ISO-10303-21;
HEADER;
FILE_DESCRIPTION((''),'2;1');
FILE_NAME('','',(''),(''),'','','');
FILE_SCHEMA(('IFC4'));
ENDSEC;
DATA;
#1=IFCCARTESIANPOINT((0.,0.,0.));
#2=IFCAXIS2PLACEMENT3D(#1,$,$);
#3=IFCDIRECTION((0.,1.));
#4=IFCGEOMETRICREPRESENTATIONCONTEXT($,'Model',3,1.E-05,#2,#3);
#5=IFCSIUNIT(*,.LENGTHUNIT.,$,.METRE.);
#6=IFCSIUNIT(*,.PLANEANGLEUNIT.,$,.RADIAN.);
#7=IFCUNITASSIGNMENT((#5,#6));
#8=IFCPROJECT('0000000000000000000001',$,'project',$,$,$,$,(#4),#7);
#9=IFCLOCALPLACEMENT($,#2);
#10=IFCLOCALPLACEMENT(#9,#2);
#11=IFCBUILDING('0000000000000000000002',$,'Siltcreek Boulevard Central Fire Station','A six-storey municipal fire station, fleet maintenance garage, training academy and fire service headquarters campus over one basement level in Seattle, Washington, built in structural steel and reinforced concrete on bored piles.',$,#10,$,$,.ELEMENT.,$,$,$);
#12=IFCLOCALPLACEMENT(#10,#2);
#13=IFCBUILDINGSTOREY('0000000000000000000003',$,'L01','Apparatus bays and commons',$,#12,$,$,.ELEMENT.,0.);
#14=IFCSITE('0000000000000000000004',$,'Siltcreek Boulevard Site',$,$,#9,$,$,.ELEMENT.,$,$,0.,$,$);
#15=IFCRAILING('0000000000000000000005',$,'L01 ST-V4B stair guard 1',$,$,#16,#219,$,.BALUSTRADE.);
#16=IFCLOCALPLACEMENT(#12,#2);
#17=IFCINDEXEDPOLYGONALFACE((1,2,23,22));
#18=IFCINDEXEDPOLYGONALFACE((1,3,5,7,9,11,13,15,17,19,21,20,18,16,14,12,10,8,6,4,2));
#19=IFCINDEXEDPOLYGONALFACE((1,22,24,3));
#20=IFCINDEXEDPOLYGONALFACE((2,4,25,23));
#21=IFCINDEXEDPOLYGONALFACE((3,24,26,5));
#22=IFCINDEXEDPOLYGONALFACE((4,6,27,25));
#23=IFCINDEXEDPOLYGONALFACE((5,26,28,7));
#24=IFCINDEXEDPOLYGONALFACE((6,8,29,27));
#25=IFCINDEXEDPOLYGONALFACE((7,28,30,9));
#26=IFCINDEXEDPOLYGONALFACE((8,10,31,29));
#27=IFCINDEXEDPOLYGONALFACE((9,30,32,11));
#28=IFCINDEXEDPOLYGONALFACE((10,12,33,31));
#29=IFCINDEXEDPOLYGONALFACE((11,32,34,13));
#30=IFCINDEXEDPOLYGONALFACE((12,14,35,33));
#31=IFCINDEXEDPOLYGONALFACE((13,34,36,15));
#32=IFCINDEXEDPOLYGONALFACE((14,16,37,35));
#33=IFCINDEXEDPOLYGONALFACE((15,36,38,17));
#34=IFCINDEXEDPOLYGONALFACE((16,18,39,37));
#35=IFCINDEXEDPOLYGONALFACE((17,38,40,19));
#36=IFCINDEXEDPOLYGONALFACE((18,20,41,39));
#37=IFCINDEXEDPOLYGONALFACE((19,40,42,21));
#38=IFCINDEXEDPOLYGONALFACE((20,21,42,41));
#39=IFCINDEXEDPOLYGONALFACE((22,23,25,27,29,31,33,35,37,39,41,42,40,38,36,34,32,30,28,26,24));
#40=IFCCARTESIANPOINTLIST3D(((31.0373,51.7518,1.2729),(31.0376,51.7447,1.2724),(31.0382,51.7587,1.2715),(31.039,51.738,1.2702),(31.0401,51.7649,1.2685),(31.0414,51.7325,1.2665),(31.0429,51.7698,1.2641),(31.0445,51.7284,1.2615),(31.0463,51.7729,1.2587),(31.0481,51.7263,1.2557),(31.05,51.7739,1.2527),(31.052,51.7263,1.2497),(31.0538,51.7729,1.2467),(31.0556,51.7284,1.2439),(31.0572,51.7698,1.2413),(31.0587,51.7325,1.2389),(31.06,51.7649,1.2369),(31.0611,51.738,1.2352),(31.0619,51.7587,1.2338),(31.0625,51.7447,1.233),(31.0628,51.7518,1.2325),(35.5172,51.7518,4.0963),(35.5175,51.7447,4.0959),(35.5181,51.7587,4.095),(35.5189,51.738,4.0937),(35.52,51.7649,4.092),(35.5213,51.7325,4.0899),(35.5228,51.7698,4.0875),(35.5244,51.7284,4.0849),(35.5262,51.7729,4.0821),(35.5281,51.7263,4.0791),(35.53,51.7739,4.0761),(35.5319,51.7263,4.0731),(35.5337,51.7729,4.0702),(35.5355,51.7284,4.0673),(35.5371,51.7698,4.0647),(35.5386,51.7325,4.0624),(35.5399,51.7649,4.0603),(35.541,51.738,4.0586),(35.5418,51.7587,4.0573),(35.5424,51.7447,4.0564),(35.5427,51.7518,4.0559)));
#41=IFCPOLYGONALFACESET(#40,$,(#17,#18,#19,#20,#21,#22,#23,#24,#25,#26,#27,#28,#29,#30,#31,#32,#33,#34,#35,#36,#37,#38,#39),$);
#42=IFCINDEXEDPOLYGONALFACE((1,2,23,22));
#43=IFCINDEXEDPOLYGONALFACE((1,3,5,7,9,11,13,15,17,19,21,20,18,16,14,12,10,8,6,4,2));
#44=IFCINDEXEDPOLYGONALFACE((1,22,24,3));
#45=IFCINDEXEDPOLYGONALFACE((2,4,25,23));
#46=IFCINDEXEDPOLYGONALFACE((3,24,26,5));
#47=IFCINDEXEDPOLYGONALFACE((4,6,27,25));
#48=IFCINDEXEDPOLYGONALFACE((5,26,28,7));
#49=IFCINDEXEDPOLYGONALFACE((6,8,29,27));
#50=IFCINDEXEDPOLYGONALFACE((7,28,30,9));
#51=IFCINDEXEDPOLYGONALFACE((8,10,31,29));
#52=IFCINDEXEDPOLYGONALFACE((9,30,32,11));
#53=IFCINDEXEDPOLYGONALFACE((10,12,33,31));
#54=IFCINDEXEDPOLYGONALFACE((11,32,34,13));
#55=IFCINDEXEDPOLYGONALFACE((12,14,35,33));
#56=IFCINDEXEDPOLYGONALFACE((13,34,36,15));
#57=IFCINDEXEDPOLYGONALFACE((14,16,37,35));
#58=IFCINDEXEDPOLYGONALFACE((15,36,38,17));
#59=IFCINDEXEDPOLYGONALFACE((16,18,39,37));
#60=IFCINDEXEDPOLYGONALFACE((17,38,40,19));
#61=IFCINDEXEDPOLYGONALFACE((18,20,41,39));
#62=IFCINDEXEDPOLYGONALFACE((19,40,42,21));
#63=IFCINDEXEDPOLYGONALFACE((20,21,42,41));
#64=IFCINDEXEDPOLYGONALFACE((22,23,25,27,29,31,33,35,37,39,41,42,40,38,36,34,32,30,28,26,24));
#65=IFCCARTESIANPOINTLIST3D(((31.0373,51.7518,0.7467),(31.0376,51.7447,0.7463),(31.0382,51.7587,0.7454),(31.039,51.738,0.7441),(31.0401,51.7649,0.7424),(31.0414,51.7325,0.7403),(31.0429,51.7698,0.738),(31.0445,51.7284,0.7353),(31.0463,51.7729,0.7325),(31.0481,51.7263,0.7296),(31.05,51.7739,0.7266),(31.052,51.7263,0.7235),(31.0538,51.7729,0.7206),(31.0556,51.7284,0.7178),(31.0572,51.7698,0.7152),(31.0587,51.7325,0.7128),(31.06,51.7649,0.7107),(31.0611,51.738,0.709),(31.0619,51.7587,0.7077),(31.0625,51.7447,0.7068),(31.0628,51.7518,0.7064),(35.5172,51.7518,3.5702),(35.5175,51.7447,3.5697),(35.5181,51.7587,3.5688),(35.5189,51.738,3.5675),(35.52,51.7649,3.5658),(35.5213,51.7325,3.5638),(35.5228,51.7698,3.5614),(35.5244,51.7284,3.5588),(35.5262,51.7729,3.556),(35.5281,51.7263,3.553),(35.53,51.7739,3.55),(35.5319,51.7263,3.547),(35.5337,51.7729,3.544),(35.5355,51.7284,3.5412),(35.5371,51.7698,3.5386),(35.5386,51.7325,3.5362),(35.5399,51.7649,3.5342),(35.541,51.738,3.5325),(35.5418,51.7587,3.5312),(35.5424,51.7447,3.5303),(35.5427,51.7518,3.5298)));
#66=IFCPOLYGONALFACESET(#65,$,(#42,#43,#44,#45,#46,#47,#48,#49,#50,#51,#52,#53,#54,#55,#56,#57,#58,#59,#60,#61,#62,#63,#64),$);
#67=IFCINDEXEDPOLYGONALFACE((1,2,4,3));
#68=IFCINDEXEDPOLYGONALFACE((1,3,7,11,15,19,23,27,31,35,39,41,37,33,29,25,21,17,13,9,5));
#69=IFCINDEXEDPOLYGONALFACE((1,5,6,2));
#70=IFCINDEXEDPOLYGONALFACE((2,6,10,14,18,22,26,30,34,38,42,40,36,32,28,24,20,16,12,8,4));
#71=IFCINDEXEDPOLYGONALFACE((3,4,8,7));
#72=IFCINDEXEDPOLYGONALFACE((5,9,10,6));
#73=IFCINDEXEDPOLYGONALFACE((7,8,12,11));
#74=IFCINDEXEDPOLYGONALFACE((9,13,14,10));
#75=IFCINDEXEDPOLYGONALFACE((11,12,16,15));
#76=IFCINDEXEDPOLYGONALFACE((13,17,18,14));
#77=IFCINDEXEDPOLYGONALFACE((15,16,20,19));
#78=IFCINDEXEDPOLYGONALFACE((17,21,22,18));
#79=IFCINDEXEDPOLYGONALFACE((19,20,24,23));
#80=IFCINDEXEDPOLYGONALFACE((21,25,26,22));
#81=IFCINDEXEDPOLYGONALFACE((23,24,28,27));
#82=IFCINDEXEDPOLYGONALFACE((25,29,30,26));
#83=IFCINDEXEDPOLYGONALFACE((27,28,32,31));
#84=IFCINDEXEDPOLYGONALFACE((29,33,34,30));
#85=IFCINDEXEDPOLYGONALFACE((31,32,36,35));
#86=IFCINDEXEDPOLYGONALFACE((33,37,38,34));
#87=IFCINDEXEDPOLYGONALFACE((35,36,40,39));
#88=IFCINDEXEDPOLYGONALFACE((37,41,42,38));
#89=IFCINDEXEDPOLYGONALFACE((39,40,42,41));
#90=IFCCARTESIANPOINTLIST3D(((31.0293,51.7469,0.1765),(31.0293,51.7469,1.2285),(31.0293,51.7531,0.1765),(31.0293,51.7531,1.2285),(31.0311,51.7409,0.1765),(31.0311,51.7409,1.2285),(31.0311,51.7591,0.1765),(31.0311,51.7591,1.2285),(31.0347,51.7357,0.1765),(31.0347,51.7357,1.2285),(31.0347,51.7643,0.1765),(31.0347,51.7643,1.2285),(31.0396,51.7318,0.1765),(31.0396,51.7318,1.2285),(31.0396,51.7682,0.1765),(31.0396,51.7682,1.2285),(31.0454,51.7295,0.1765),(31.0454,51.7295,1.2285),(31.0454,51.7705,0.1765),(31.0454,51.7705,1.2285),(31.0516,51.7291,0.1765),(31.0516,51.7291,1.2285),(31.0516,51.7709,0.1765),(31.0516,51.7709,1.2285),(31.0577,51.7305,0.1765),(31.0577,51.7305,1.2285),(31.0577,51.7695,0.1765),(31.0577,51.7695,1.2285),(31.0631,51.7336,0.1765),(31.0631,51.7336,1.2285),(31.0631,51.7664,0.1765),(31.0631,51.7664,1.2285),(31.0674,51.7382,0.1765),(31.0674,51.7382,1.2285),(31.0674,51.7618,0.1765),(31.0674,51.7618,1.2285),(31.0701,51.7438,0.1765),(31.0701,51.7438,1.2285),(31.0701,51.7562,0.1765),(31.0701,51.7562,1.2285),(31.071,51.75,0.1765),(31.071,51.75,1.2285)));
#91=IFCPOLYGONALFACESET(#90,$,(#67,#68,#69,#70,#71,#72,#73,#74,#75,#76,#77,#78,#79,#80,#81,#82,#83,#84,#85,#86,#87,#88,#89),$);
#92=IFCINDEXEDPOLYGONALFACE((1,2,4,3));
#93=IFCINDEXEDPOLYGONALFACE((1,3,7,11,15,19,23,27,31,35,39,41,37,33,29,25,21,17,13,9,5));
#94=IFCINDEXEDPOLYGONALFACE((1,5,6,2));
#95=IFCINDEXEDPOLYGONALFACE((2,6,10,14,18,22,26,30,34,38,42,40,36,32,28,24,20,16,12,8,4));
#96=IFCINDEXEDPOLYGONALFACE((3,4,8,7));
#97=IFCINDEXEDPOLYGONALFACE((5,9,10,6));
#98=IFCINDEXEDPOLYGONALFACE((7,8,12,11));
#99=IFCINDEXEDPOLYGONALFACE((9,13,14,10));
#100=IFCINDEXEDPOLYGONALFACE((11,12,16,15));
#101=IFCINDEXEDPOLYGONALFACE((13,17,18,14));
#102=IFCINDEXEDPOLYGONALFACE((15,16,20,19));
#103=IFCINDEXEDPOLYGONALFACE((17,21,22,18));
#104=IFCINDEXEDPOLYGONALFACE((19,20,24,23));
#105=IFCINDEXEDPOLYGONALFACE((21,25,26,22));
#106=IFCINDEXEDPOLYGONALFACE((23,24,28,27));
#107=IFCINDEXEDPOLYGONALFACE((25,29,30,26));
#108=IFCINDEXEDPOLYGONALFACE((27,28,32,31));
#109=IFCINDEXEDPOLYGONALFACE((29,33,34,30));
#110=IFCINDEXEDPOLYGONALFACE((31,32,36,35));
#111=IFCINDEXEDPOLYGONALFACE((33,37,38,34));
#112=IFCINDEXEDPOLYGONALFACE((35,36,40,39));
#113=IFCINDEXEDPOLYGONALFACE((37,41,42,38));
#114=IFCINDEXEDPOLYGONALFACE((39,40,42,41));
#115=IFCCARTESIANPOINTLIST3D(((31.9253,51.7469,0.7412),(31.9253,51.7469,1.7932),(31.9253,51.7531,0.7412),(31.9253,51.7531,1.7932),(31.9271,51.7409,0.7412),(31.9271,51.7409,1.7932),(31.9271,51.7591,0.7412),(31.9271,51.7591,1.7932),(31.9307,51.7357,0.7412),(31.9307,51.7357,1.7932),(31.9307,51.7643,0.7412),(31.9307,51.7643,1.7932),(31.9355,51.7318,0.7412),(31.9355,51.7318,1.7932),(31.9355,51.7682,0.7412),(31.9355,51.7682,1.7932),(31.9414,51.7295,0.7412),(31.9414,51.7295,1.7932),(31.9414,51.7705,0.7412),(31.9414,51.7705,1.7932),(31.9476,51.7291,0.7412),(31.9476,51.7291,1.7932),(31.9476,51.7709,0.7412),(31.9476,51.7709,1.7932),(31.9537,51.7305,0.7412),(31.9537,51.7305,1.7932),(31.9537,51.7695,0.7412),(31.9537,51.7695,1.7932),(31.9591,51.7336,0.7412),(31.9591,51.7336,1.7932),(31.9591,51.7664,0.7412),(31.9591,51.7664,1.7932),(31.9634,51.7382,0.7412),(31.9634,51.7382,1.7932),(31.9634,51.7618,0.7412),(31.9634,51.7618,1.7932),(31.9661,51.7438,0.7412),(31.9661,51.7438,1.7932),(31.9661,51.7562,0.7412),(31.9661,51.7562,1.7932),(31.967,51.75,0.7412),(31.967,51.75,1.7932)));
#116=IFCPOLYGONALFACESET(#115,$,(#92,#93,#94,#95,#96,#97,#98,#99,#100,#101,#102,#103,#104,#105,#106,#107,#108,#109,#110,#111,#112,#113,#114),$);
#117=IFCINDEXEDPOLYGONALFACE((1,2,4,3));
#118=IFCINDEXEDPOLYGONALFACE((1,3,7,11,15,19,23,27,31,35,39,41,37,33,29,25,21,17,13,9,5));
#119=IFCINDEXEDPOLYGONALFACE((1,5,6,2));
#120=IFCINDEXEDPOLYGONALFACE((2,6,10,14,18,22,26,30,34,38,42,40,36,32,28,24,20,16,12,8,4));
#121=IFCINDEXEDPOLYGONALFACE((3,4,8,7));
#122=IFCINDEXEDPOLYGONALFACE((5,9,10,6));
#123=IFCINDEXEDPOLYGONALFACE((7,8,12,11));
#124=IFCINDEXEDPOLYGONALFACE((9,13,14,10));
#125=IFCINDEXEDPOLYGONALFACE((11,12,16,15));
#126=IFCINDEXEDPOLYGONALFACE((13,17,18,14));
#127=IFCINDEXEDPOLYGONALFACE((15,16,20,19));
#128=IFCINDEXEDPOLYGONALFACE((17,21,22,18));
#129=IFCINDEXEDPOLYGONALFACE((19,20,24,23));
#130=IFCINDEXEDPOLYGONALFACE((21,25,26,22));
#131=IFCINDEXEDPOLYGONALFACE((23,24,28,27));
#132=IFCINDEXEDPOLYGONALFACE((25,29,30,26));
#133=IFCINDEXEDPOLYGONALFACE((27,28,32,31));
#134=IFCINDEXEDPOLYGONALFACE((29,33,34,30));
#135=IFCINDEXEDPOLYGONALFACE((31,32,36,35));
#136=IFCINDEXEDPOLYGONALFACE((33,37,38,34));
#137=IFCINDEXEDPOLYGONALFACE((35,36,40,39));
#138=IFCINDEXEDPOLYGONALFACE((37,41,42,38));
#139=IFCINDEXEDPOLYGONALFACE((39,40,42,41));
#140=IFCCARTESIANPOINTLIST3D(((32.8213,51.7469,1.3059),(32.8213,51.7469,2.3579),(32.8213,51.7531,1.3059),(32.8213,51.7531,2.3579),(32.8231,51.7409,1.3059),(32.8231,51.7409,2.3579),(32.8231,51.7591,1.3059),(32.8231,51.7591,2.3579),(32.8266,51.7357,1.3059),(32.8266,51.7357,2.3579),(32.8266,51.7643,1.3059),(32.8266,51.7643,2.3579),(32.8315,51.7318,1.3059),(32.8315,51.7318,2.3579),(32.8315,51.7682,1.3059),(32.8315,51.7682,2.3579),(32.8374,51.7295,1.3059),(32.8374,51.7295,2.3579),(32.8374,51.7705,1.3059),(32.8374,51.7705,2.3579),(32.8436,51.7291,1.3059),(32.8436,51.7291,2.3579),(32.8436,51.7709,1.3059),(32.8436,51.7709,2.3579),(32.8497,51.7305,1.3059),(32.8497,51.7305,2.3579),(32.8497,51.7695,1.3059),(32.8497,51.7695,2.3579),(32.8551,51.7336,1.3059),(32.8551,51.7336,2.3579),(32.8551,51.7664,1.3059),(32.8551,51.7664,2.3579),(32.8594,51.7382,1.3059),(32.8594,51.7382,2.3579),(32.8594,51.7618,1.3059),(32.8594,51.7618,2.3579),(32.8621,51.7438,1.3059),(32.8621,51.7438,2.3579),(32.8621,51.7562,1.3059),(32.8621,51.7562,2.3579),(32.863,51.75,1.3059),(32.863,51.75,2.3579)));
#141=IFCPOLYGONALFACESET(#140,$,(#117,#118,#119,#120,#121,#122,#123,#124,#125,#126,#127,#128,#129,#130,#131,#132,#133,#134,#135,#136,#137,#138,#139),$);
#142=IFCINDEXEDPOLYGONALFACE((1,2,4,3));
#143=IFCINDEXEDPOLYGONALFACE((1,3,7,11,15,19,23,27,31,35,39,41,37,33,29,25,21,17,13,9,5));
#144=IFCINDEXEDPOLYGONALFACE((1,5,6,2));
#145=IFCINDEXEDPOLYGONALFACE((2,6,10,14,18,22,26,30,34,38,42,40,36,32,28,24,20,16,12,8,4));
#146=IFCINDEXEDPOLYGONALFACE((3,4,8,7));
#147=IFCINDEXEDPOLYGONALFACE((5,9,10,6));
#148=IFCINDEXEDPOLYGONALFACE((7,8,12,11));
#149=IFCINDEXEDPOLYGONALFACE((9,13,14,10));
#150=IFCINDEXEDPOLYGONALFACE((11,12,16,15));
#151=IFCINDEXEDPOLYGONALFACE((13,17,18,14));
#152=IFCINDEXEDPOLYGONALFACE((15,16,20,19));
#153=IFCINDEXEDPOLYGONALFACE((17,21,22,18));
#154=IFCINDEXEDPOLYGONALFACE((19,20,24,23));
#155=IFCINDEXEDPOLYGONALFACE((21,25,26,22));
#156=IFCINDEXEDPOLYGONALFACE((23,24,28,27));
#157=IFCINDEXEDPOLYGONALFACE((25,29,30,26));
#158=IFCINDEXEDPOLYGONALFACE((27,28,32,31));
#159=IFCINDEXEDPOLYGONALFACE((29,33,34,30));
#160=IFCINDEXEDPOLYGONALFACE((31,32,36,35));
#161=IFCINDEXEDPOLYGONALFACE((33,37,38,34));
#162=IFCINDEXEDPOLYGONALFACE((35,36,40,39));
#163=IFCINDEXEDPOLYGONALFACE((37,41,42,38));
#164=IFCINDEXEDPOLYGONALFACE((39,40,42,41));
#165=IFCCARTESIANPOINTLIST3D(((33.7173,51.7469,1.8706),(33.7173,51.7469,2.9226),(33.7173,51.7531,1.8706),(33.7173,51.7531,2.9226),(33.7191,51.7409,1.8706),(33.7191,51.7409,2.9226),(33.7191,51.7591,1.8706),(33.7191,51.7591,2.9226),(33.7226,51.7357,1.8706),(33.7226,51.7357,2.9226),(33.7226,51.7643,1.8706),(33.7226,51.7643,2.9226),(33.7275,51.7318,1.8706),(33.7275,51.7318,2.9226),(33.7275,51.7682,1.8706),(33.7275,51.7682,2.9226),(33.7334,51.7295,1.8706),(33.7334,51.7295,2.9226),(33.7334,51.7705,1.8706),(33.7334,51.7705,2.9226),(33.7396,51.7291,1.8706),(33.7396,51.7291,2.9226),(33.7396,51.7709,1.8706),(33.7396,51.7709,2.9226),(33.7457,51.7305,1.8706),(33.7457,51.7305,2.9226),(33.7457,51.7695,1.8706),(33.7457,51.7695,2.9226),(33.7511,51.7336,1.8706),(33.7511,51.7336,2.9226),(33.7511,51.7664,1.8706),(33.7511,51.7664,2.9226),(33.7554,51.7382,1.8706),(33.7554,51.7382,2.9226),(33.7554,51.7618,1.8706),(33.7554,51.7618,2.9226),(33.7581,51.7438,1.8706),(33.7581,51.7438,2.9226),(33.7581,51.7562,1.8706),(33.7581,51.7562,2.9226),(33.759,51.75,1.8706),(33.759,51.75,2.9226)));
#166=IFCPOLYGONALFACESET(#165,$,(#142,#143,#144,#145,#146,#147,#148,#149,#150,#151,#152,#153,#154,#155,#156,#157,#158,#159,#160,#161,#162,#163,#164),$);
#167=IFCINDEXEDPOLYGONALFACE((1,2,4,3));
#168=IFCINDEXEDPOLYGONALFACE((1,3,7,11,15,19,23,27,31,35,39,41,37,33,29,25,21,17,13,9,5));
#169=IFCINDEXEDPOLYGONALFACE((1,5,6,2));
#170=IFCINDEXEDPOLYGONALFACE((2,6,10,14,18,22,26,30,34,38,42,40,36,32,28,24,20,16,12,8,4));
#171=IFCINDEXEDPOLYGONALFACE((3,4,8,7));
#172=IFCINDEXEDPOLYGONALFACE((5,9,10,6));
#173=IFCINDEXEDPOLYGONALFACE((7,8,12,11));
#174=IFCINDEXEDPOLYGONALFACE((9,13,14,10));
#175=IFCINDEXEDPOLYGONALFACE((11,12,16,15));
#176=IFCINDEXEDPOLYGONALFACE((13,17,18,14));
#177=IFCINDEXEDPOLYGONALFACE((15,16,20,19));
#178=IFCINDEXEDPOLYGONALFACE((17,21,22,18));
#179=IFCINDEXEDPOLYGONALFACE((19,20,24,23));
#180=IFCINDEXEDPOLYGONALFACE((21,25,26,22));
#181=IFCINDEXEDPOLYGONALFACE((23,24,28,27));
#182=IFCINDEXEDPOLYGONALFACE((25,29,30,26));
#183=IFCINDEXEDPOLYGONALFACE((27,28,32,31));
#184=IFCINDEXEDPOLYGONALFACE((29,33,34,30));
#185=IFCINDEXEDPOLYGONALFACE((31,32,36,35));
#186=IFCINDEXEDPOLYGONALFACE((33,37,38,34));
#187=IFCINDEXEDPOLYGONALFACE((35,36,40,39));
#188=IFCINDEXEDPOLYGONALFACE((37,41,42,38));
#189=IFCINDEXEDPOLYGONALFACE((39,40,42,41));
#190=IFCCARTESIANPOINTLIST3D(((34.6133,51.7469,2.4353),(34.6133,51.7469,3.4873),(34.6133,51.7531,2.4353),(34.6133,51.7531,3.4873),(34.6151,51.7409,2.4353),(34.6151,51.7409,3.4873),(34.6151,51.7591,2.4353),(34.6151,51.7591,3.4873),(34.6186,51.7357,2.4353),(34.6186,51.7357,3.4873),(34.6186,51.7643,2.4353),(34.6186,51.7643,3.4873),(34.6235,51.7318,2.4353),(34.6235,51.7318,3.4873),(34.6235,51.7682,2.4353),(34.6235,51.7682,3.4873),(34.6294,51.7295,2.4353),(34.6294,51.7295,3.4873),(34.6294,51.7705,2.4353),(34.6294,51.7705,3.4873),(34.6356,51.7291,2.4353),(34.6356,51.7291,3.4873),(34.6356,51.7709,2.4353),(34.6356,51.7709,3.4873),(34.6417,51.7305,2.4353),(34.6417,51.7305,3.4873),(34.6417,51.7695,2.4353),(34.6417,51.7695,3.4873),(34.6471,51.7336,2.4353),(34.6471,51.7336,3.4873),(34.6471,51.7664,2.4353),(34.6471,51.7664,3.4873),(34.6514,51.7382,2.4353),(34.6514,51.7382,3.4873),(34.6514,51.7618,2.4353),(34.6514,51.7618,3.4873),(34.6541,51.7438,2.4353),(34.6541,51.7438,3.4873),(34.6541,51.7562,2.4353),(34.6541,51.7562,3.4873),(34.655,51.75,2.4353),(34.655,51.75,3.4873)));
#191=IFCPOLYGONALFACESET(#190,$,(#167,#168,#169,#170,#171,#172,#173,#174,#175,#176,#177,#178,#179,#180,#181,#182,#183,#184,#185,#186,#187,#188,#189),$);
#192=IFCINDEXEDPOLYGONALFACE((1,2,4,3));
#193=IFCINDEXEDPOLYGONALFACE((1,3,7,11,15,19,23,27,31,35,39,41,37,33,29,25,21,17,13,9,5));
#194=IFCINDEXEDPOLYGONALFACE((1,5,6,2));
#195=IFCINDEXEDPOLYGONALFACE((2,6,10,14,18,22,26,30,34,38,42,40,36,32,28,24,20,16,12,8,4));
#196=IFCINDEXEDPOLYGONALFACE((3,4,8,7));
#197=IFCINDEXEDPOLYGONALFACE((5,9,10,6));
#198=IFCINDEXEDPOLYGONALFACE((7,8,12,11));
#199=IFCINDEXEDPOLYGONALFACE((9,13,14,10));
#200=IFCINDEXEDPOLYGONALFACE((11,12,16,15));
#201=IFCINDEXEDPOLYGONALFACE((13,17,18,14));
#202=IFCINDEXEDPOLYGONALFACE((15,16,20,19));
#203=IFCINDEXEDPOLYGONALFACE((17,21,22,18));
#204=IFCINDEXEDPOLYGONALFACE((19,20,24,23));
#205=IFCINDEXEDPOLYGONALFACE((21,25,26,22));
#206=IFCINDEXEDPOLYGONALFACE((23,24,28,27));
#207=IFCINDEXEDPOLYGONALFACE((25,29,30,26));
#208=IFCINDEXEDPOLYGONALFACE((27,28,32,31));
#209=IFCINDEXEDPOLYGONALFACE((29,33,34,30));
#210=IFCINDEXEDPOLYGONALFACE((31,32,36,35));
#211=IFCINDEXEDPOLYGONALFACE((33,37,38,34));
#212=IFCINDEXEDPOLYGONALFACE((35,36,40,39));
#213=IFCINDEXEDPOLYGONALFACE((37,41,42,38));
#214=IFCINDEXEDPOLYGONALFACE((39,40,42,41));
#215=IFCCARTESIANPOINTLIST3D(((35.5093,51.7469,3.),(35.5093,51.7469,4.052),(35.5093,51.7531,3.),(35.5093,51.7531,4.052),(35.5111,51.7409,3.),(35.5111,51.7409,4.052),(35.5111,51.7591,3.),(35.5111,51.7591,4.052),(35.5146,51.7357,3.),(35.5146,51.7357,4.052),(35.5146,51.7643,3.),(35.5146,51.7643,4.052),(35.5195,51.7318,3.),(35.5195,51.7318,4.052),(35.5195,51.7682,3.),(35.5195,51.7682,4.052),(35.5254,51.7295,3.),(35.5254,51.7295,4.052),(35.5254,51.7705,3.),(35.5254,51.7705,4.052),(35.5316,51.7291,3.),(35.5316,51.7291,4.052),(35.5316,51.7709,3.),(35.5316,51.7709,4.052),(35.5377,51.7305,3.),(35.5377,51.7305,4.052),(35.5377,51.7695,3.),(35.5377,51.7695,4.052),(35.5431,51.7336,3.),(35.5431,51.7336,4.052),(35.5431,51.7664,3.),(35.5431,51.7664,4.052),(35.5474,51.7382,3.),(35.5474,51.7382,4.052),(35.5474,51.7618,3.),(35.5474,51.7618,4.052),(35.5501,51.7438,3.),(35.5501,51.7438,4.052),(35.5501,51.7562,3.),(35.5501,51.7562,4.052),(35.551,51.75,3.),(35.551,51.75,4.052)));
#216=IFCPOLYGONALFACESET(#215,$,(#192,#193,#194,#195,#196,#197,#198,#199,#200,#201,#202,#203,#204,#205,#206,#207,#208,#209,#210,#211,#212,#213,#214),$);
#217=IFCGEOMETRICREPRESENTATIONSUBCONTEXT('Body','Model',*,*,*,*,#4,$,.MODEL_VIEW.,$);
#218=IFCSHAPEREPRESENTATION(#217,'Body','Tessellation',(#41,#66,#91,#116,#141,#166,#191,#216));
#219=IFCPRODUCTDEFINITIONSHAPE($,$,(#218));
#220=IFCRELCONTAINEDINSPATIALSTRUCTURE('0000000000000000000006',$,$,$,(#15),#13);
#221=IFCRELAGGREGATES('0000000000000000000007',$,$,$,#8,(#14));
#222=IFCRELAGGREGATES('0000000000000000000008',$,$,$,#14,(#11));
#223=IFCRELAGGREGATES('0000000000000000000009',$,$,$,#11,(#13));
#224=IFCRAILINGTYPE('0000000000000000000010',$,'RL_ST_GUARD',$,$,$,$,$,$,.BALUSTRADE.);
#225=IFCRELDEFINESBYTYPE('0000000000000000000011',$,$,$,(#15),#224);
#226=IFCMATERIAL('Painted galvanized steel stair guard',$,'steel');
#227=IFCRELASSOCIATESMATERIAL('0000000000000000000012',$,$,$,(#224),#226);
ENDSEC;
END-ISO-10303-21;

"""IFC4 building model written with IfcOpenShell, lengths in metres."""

from ifc_helpers import new_model, si_unit, direction, frame, origin, origin_2d, place, context, subcontext, project, spatial, circle, extrude, material, type_object, element, save


model = new_model("IFC4")

# Units and contexts
model_context = context("Model", 3, precision=1e-05, world=origin(), true_north=direction((0.0, 1.0)))
body_context = subcontext(model_context, "Body", "Model", "MODEL_VIEW")
ifc_project = project(units=[si_unit("LENGTHUNIT", "METRE"), si_unit("PLANEANGLEUNIT", "RADIAN")], contexts=[model_context])

# Site, building, storey
site_placement = place(None, origin())
site = spatial("IfcSite", under=ifc_project, at=site_placement, Name="Siltcreek Boulevard Site", CompositionType="ELEMENT", RefElevation=0.0)
building_placement = place(site_placement, origin())
building = spatial("IfcBuilding", under=site, at=building_placement, Name="Siltcreek Boulevard Central Fire Station", Description="A six-storey municipal fire station, fleet maintenance garage, training academy and fire service headquarters campus over one basement level in Seattle, Washington, built in structural steel and reinforced concrete on bored piles.", CompositionType="ELEMENT")
storey_placement = place(building_placement, origin())
storey = spatial("IfcBuildingStorey", under=building, at=storey_placement, Name="L01", Description="Apparatus bays and commons", CompositionType="ELEMENT", Elevation=0.0)

# Railing
ifc_material_1 = material(Name="Painted galvanized steel stair guard", Category="steel")
railing_type = type_object("IfcRailingType", Name="RL_ST_GUARD", PredefinedType="BALUSTRADE", material=ifc_material_1)
railing_1_placement = place(storey_placement, frame((31.05, 51.75, 0.1765)))
element("IfcRailing", 1, at=railing_1_placement, inside=storey, type_object=railing_type, Name="L01 ST-V4B stair guard 1", PredefinedType="BALUSTRADE", context=body_context, shape_type="SweptSolid", body=[
    extrude(circle(Radius=0.0239, at=origin_2d()), frame((0.0, 0.0, 1.0762), z_axis=(0.845998, 0.0, 0.533186), x_axis=(0.0, 1.0, 0.0)), (0.0, 0.0, 1.0), 5.2954),
    extrude(circle(Radius=0.0239, at=origin_2d()), frame((0.0, 0.0, 0.55), z_axis=(0.845998, 0.0, 0.533186), x_axis=(0.0, 1.0, 0.0)), (0.0, 0.0, 1.0), 5.2954),
    extrude(circle(Radius=0.021, at=origin_2d()), origin(), (0.0, 0.0, 1.0), 1.052),
    extrude(circle(Radius=0.021, at=origin_2d()), frame((0.896, 0.0, 0.5647)), (0.0, 0.0, 1.0), 1.052),
    extrude(circle(Radius=0.021, at=origin_2d()), frame((1.792, 0.0, 1.1294)), (0.0, 0.0, 1.0), 1.052),
    extrude(circle(Radius=0.021, at=origin_2d()), frame((2.688, 0.0, 1.6941)), (0.0, 0.0, 1.0), 1.052),
    extrude(circle(Radius=0.021, at=origin_2d()), frame((3.584, 0.0, 2.2588)), (0.0, 0.0, 1.0), 1.052),
    extrude(circle(Radius=0.021, at=origin_2d()), frame((4.48, 0.0, 2.8235)), (0.0, 0.0, 1.0), 1.052),
])

save(model, "model.ifc")
